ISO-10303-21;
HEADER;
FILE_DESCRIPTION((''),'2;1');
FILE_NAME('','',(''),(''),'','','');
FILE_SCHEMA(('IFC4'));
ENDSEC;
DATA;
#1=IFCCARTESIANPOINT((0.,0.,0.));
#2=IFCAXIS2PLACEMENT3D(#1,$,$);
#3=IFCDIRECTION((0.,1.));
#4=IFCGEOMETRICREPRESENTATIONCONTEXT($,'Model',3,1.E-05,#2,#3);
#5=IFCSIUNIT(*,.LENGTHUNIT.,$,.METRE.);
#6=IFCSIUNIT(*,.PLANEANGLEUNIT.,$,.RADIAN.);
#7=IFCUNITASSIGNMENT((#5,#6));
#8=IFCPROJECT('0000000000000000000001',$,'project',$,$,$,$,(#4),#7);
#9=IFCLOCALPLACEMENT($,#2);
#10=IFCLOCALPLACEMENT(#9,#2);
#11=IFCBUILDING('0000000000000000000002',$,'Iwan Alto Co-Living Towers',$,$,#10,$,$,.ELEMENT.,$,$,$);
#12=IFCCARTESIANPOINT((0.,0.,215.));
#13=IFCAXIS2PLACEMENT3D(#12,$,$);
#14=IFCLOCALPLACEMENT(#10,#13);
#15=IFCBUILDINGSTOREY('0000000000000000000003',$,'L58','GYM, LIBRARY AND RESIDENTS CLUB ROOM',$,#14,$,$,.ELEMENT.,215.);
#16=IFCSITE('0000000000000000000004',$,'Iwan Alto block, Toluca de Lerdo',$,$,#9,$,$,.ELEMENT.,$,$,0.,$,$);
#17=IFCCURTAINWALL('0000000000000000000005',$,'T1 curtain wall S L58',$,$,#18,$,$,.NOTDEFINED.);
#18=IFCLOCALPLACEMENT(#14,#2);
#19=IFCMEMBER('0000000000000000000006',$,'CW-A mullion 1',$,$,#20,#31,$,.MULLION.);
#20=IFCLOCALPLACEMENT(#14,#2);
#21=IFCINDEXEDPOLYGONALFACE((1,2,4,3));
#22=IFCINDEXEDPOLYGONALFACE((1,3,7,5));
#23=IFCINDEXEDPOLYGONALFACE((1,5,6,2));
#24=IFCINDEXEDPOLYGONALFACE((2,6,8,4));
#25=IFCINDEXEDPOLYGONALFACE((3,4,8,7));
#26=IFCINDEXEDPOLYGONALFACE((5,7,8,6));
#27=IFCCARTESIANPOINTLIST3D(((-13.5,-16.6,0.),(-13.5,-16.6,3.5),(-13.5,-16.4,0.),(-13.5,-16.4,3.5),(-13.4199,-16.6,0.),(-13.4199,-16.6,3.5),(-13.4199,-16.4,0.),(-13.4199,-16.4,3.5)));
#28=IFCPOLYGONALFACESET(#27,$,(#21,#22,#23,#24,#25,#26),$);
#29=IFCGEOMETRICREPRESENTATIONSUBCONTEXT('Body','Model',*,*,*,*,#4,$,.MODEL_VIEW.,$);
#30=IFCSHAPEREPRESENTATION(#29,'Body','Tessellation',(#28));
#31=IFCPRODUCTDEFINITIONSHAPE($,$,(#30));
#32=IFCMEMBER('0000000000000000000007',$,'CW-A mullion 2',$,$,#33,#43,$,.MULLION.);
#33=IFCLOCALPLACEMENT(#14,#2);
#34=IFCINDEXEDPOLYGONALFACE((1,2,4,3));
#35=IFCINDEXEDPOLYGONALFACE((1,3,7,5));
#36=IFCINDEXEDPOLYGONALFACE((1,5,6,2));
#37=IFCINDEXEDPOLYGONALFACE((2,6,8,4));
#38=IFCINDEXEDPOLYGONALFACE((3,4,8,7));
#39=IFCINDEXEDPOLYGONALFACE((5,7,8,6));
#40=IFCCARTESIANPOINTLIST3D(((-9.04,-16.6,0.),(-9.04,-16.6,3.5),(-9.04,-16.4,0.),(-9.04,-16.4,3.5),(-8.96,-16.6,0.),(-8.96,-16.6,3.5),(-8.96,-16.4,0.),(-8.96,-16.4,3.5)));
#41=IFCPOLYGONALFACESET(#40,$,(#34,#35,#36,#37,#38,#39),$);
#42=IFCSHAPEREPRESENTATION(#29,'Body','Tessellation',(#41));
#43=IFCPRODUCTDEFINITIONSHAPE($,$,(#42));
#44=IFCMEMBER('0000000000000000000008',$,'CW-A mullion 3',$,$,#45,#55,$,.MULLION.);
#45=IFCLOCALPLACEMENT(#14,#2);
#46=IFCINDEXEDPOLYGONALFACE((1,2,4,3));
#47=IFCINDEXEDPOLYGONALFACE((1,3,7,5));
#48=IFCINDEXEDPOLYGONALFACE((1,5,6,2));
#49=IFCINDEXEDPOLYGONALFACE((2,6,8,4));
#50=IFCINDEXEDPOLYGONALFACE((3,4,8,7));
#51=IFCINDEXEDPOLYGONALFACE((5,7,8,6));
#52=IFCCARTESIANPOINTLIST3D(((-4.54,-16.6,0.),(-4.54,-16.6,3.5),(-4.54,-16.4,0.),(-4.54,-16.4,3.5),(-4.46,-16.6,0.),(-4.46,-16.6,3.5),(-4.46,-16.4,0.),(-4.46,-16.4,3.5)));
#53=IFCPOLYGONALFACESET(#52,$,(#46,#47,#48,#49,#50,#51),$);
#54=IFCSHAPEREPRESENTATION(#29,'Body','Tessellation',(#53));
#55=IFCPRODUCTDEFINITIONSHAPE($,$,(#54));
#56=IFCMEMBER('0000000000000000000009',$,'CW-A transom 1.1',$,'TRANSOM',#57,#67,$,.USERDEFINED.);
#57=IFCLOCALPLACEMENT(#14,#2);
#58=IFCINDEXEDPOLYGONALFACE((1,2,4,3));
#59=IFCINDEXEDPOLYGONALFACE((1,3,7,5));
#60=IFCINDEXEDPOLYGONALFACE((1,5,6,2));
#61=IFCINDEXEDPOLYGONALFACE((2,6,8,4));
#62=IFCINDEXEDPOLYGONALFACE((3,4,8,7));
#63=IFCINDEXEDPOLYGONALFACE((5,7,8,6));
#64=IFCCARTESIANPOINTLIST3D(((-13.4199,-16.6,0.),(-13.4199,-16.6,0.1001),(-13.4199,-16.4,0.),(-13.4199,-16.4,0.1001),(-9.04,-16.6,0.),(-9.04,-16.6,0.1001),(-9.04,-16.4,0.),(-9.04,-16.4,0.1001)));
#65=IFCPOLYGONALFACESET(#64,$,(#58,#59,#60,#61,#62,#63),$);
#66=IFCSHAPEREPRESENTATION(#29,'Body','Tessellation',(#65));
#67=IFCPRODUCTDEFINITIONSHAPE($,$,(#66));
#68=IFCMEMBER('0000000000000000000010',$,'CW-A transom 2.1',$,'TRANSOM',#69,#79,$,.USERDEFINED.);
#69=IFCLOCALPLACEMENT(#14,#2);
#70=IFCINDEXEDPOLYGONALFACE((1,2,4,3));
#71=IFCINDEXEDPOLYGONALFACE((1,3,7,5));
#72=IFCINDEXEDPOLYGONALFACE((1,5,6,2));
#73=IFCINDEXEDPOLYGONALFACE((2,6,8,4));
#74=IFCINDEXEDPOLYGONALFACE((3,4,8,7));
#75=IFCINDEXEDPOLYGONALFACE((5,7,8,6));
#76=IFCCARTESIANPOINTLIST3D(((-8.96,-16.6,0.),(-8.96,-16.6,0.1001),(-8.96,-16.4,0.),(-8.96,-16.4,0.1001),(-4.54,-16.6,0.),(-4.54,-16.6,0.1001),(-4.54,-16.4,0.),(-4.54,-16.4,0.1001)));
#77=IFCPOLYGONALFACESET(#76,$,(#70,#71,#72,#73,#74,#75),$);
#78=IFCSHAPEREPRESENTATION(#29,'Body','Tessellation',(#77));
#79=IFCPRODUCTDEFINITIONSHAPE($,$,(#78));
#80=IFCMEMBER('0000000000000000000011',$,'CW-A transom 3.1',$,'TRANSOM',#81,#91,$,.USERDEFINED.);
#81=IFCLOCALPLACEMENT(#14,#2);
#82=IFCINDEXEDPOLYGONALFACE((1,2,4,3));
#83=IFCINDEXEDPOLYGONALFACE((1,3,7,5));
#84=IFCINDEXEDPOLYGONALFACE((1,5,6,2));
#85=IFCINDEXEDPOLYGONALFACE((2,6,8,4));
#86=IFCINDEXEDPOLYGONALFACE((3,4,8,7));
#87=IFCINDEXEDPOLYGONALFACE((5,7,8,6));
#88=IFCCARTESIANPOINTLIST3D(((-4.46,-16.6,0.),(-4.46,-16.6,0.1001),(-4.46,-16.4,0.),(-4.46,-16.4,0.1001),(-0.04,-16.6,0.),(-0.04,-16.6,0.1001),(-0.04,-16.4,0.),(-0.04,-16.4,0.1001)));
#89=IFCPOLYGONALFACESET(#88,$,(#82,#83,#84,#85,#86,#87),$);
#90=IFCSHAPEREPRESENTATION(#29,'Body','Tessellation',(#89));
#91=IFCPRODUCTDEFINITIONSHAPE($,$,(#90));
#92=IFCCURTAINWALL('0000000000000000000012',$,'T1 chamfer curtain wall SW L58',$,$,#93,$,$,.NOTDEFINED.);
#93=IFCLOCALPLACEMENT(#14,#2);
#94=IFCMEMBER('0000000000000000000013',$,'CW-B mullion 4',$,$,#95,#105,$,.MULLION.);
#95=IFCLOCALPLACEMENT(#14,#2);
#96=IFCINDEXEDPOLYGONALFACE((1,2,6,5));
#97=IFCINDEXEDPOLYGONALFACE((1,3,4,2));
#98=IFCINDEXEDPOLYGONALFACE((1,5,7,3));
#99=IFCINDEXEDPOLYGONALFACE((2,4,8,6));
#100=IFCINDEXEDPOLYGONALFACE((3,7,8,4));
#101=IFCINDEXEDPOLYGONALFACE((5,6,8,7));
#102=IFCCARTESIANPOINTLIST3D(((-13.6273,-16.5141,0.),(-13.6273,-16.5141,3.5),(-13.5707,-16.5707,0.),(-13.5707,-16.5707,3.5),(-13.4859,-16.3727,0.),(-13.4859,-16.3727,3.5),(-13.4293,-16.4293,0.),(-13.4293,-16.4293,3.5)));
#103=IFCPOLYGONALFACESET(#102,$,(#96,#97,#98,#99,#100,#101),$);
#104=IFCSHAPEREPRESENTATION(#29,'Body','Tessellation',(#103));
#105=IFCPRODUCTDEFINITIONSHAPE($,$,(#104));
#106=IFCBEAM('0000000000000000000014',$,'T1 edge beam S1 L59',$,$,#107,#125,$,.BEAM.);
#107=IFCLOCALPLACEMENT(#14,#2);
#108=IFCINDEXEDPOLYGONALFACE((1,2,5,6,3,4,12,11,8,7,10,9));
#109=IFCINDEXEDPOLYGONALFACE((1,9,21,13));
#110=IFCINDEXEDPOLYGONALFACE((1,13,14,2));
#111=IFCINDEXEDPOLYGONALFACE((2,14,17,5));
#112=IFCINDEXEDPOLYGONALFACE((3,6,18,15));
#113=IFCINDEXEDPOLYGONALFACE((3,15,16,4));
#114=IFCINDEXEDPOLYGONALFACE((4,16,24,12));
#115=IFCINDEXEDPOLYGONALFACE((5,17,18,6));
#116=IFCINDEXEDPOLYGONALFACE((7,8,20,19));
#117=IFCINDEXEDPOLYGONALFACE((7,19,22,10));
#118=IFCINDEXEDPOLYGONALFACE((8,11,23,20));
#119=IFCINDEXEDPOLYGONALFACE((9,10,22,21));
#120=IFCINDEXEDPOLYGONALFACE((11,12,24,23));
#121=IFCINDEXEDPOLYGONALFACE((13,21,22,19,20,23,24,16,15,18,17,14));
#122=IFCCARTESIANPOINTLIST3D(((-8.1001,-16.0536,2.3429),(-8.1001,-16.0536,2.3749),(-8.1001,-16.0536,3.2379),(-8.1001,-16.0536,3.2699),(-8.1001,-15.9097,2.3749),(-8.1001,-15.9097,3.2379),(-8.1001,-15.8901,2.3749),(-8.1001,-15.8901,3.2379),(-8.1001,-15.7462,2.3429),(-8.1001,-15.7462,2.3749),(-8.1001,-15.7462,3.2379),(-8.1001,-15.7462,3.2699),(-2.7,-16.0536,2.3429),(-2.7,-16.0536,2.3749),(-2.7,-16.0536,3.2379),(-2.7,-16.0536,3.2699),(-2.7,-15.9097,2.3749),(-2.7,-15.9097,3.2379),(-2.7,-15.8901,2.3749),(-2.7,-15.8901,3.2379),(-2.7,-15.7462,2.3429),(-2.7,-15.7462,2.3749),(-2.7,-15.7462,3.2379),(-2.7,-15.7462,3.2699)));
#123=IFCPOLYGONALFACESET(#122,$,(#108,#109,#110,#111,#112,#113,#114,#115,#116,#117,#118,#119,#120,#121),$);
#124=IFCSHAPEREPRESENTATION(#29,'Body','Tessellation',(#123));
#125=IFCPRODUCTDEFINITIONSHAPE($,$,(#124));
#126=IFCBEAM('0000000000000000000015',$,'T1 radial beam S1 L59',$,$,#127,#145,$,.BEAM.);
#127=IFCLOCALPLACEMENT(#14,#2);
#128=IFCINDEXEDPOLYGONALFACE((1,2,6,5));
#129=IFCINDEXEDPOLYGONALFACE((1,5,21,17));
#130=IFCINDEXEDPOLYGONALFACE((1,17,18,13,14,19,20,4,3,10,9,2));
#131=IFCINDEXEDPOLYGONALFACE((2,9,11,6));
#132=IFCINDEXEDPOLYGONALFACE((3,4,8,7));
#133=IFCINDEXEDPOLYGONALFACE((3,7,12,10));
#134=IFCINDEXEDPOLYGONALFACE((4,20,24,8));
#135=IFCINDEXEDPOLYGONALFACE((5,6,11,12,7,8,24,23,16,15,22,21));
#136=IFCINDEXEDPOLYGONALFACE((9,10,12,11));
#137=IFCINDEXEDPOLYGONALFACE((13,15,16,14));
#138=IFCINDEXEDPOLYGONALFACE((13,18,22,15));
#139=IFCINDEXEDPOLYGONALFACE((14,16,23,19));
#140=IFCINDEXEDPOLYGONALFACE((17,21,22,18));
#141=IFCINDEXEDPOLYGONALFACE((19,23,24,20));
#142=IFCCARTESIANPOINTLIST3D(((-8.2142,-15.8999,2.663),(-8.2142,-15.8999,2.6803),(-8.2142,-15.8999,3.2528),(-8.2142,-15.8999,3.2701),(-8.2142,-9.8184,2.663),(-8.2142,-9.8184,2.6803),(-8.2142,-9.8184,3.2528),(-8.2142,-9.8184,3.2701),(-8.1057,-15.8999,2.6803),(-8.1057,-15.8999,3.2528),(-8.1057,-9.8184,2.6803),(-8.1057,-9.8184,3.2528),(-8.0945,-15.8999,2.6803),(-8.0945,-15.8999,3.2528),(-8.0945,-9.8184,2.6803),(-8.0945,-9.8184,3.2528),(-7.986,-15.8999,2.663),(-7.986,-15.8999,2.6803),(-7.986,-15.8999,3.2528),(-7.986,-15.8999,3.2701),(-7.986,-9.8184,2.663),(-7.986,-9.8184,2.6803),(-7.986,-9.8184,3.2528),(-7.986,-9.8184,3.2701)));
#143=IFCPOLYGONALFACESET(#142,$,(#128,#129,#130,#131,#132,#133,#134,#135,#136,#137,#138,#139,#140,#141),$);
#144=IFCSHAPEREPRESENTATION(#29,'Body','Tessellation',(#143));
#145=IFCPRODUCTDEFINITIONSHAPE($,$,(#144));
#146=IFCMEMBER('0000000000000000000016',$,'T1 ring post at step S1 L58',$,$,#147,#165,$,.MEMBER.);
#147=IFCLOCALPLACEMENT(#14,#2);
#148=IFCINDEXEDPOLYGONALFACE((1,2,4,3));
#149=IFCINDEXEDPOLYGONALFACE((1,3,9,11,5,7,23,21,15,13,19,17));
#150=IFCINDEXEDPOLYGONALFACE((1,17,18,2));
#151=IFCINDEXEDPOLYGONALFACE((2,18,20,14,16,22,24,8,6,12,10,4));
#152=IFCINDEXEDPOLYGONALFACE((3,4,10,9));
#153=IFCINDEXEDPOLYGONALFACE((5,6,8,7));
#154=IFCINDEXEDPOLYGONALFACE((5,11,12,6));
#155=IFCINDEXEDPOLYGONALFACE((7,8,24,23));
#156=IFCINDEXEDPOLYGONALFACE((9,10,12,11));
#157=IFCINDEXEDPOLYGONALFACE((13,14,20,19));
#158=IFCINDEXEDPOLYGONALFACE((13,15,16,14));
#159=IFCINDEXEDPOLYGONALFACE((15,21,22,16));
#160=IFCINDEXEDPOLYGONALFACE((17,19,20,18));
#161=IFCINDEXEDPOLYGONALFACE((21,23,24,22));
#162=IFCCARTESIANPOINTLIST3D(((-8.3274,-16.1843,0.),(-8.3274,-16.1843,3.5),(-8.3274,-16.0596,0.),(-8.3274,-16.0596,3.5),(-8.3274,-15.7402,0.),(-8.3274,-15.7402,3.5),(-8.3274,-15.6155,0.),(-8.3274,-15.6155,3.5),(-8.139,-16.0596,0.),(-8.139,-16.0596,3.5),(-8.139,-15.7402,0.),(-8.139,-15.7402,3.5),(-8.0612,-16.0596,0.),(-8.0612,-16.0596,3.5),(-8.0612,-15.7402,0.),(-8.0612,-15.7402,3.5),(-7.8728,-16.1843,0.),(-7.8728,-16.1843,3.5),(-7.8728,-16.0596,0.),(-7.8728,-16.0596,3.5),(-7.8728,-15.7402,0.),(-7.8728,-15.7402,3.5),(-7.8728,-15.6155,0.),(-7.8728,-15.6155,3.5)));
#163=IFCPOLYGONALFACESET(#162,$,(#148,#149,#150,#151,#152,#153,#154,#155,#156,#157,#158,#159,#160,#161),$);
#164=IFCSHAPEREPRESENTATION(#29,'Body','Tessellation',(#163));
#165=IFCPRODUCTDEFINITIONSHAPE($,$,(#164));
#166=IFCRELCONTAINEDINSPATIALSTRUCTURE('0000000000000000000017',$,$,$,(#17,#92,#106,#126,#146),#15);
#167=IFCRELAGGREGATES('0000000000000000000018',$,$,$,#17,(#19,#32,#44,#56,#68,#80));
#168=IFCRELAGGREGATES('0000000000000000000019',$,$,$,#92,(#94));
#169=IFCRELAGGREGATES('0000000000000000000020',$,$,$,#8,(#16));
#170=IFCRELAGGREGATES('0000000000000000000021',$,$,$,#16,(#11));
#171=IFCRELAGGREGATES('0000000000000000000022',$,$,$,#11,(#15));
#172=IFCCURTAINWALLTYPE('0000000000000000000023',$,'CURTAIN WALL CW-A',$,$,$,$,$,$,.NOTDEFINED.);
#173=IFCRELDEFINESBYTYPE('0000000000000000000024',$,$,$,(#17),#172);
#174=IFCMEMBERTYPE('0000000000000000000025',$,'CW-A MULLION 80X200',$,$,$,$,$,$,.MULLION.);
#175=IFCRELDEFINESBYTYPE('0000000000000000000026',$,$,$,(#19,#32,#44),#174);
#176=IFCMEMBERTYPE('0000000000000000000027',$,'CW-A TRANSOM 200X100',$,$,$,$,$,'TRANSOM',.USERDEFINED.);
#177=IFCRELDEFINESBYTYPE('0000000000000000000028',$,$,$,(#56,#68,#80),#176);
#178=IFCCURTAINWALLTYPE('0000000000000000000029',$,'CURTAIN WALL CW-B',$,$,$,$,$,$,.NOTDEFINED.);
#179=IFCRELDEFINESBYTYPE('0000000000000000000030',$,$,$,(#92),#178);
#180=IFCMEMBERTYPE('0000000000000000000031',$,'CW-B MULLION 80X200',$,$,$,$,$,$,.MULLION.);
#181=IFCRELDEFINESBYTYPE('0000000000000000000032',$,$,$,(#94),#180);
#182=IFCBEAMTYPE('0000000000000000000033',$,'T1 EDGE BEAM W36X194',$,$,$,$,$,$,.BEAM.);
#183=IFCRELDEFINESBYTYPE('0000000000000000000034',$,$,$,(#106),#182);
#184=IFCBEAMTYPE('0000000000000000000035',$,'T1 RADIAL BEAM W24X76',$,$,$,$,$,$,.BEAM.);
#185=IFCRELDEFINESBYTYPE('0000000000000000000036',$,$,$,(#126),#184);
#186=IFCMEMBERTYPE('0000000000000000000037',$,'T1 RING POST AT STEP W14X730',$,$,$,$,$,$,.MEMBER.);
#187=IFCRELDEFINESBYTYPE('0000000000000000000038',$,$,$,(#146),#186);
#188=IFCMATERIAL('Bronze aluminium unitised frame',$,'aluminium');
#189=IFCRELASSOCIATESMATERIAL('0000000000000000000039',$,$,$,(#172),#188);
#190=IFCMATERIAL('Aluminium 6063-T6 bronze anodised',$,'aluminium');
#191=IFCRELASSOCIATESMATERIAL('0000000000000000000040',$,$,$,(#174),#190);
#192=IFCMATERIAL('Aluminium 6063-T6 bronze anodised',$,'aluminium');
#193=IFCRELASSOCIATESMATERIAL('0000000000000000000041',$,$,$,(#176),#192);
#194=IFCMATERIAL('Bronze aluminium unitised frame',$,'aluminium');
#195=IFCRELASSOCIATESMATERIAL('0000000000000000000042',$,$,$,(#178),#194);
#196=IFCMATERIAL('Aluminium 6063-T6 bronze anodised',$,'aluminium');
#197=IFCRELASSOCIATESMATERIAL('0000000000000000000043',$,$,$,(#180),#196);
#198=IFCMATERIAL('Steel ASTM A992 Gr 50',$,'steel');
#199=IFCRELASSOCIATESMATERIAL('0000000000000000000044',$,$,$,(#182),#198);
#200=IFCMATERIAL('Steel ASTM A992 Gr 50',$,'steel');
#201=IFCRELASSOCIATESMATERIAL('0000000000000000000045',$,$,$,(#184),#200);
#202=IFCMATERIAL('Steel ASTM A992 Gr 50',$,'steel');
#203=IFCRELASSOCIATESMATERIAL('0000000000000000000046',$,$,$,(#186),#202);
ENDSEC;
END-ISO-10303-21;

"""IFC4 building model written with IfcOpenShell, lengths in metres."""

from ifc_helpers import new_model, si_unit, direction, frame, origin, origin_2d, place, context, subcontext, project, spatial, rectangle, i_section, extrude, material, material_profile, profile_set, type_object, element, aggregate, save


model = new_model("IFC4")

# Units and contexts
model_context = context("Model", 3, precision=1e-05, world=origin(), true_north=direction((0.0, 1.0)))
body_context = subcontext(model_context, "Body", "Model", "MODEL_VIEW")
ifc_project = project(units=[si_unit("LENGTHUNIT", "METRE"), si_unit("PLANEANGLEUNIT", "RADIAN")], contexts=[model_context])

# Site, building, storey
site_placement = place(None, origin())
site = spatial("IfcSite", under=ifc_project, at=site_placement, Name="Iwan Alto block, Toluca de Lerdo", CompositionType="ELEMENT", RefElevation=0.0)
building_placement = place(site_placement, origin())
building = spatial("IfcBuilding", under=site, at=building_placement, Name="Iwan Alto Co-Living Towers", CompositionType="ELEMENT")
storey_placement = place(building_placement, frame((0.0, 0.0, 215.0)))
storey = spatial("IfcBuildingStorey", under=building, at=storey_placement, Name="L58", Description="GYM, LIBRARY AND RESIDENTS CLUB ROOM", CompositionType="ELEMENT", Elevation=215.0)

# Curtain wall, members
ifc_material_1 = material(Name="Bronze aluminium unitised frame", Category="aluminium")
curtain_wall_type_1 = type_object("IfcCurtainWallType", Name="CURTAIN WALL CW-A", PredefinedType="NOTDEFINED", material=ifc_material_1)
curtain_wall_1_placement = place(storey_placement, origin())
curtain_wall_1 = element("IfcCurtainWall", 1, at=curtain_wall_1_placement, inside=storey, type_object=curtain_wall_type_1, Name="T1 curtain wall S L58", PredefinedType="NOTDEFINED")
ifc_material_2 = material(Name="Aluminium 6063-T6 bronze anodised", Category="aluminium")
ifc_material_profile_1 = material_profile(ifc_material_2, rectangle(XDim=0.2, YDim=0.0801, at=origin_2d()), Name="AL 80X200")
ifc_profile_set_1 = profile_set([ifc_material_profile_1], Name="Aluminium 6063-T6 bronze anodised")
member_type_1 = type_object("IfcMemberType", Name="CW-A MULLION 80X200", PredefinedType="MULLION", material=ifc_profile_set_1)
member_1_placement = place(storey_placement, frame((-13.46, -16.5, 0.0), z_axis=(0.0, 0.0, 1.0), x_axis=(0.0, 1.0, 0.0)))
member_1 = element("IfcMember", 2, at=member_1_placement, type_object=member_type_1, Name="CW-A mullion 1", PredefinedType="MULLION", context=body_context, shape_type="SweptSolid", body=[
    extrude(rectangle(XDim=0.2, YDim=0.0801, at=origin_2d()), origin(), (0.0, 0.0, 1.0), 3.5),
])
member_2_placement = place(storey_placement, frame((-9.0, -16.5, 0.0), z_axis=(0.0, 0.0, 1.0), x_axis=(0.0, 1.0, 0.0)))
member_2 = element("IfcMember", 3, at=member_2_placement, type_object=member_type_1, Name="CW-A mullion 2", PredefinedType="MULLION", context=body_context, shape_type="SweptSolid", body=[
    extrude(rectangle(XDim=0.2, YDim=0.0801, at=origin_2d()), origin(), (0.0, 0.0, 1.0), 3.5),
])
member_3_placement = place(storey_placement, frame((-4.5, -16.5, 0.0), z_axis=(0.0, 0.0, 1.0), x_axis=(0.0, 1.0, 0.0)))
member_3 = element("IfcMember", 4, at=member_3_placement, type_object=member_type_1, Name="CW-A mullion 3", PredefinedType="MULLION", context=body_context, shape_type="SweptSolid", body=[
    extrude(rectangle(XDim=0.2, YDim=0.0801, at=origin_2d()), origin(), (0.0, 0.0, 1.0), 3.5),
])
ifc_material_3 = material(Name="Aluminium 6063-T6 bronze anodised", Category="aluminium")
ifc_material_profile_2 = material_profile(ifc_material_3, rectangle(XDim=0.2, YDim=0.1001, at=origin_2d()), Name="AL 200X100")
ifc_profile_set_2 = profile_set([ifc_material_profile_2], Name="Aluminium 6063-T6 bronze anodised")
member_type_2 = type_object("IfcMemberType", Name="CW-A TRANSOM 200X100", ElementType="TRANSOM", PredefinedType="USERDEFINED", material=ifc_profile_set_2)
member_4_placement = place(storey_placement, frame((-13.4199, -16.5, 0.05), z_axis=(1.0, 0.0, 0.0), x_axis=(0.0, 1.0, 0.0)))
member_4 = element("IfcMember", 5, at=member_4_placement, type_object=member_type_2, Name="CW-A transom 1.1", ObjectType="TRANSOM", PredefinedType="USERDEFINED", context=body_context, shape_type="SweptSolid", body=[
    extrude(rectangle(XDim=0.2, YDim=0.1001, at=origin_2d()), origin(), (0.0, 0.0, 1.0), 4.3799),
])
member_5_placement = place(storey_placement, frame((-8.96, -16.5, 0.05), z_axis=(1.0, 0.0, 0.0), x_axis=(0.0, 1.0, 0.0)))
member_5 = element("IfcMember", 6, at=member_5_placement, type_object=member_type_2, Name="CW-A transom 2.1", ObjectType="TRANSOM", PredefinedType="USERDEFINED", context=body_context, shape_type="SweptSolid", body=[
    extrude(rectangle(XDim=0.2, YDim=0.1001, at=origin_2d()), origin(), (0.0, 0.0, 1.0), 4.4199),
])
member_6_placement = place(storey_placement, frame((-4.46, -16.5, 0.05), z_axis=(1.0, 0.0, 0.0), x_axis=(0.0, 1.0, 0.0)))
member_6 = element("IfcMember", 7, at=member_6_placement, type_object=member_type_2, Name="CW-A transom 3.1", ObjectType="TRANSOM", PredefinedType="USERDEFINED", context=body_context, shape_type="SweptSolid", body=[
    extrude(rectangle(XDim=0.2, YDim=0.1001, at=origin_2d()), origin(), (0.0, 0.0, 1.0), 4.4199),
])

# Curtain wall, member
ifc_material_4 = material(Name="Bronze aluminium unitised frame", Category="aluminium")
curtain_wall_type_2 = type_object("IfcCurtainWallType", Name="CURTAIN WALL CW-B", PredefinedType="NOTDEFINED", material=ifc_material_4)
curtain_wall_2_placement = place(storey_placement, origin())
curtain_wall_2 = element("IfcCurtainWall", 8, at=curtain_wall_2_placement, inside=storey, type_object=curtain_wall_type_2, Name="T1 chamfer curtain wall SW L58", PredefinedType="NOTDEFINED")
ifc_material_5 = material(Name="Aluminium 6063-T6 bronze anodised", Category="aluminium")
ifc_material_profile_3 = material_profile(ifc_material_5, rectangle(XDim=0.2, YDim=0.0801, at=origin_2d()), Name="AL 80X200")
ifc_profile_set_3 = profile_set([ifc_material_profile_3], Name="Aluminium 6063-T6 bronze anodised")
member_type_3 = type_object("IfcMemberType", Name="CW-B MULLION 80X200", PredefinedType="MULLION", material=ifc_profile_set_3)
member_7_placement = place(storey_placement, frame((-13.5283, -16.4717, 0.0), z_axis=(0.0, 0.0, 1.0), x_axis=(0.707107, 0.707107, 0.0)))
member_7 = element("IfcMember", 9, at=member_7_placement, type_object=member_type_3, Name="CW-B mullion 4", PredefinedType="MULLION", context=body_context, shape_type="SweptSolid", body=[
    extrude(rectangle(XDim=0.2, YDim=0.0801, at=origin_2d()), origin(), (0.0, 0.0, 1.0), 3.5),
])

# Beams
ifc_material_6 = material(Name="Steel ASTM A992 Gr 50", Category="steel")
ifc_material_profile_4 = material_profile(ifc_material_6, i_section(OverallWidth=0.3074, OverallDepth=0.927, WebThickness=0.0195, FlangeThickness=0.032, at=origin_2d()), Name="W36X194")
ifc_profile_set_4 = profile_set([ifc_material_profile_4], Name="Steel ASTM A992 Gr 50")
beam_type_1 = type_object("IfcBeamType", Name="T1 EDGE BEAM W36X194", PredefinedType="BEAM", material=ifc_profile_set_4)
beam_1_placement = place(storey_placement, frame((-8.1001, -15.8999, 2.8064), z_axis=(1.0, 0.0, 0.0), x_axis=(0.0, 1.0, 0.0)))
element("IfcBeam", 10, at=beam_1_placement, inside=storey, type_object=beam_type_1, Name="T1 edge beam S1 L59", PredefinedType="BEAM", context=body_context, shape_type="SweptSolid", body=[
    extrude(i_section(OverallWidth=0.3074, OverallDepth=0.927, WebThickness=0.0195, FlangeThickness=0.032, at=origin_2d()), origin(), (0.0, 0.0, 1.0), 5.4001),
])
ifc_material_7 = material(Name="Steel ASTM A992 Gr 50", Category="steel")
ifc_material_profile_5 = material_profile(ifc_material_7, i_section(OverallWidth=0.2283, OverallDepth=0.6072, WebThickness=0.0112, FlangeThickness=0.0173, at=origin_2d()), Name="W24X76")
ifc_profile_set_5 = profile_set([ifc_material_profile_5], Name="Steel ASTM A992 Gr 50")
beam_type_2 = type_object("IfcBeamType", Name="T1 RADIAL BEAM W24X76", PredefinedType="BEAM", material=ifc_profile_set_5)
beam_2_placement = place(storey_placement, frame((-8.1001, -15.8999, 2.9666), z_axis=(0.0, 1.0, 0.0), x_axis=(-1.0, 0.0, 0.0)))
element("IfcBeam", 11, at=beam_2_placement, inside=storey, type_object=beam_type_2, Name="T1 radial beam S1 L59", PredefinedType="BEAM", context=body_context, shape_type="SweptSolid", body=[
    extrude(i_section(OverallWidth=0.2283, OverallDepth=0.6072, WebThickness=0.0112, FlangeThickness=0.0173, at=origin_2d()), origin(), (0.0, 0.0, 1.0), 6.0815),
])

# Member
ifc_material_8 = material(Name="Steel ASTM A992 Gr 50", Category="steel")
ifc_material_profile_6 = material_profile(ifc_material_8, i_section(OverallWidth=0.4546, OverallDepth=0.5688, WebThickness=0.0779, FlangeThickness=0.1248, at=origin_2d()), Name="W14X730")
ifc_profile_set_6 = profile_set([ifc_material_profile_6], Name="Steel ASTM A992 Gr 50")
member_type_4 = type_object("IfcMemberType", Name="T1 RING POST AT STEP W14X730", PredefinedType="MEMBER", material=ifc_profile_set_6)
member_8_placement = place(storey_placement, frame((-8.1001, -15.8999, 0.0), z_axis=(0.0, 0.0, 1.0), x_axis=(1.0, 0.0, 0.0)))
element("IfcMember", 12, at=member_8_placement, inside=storey, type_object=member_type_4, Name="T1 ring post at step S1 L58", PredefinedType="MEMBER", context=body_context, shape_type="SweptSolid", body=[
    extrude(i_section(OverallWidth=0.4546, OverallDepth=0.5688, WebThickness=0.0779, FlangeThickness=0.1248, at=origin_2d()), origin(), (0.0, 0.0, 1.0), 3.5),
])

aggregate(curtain_wall_1, [member_1, member_2, member_3, member_4, member_5, member_6])
aggregate(curtain_wall_2, [member_7])

save(model, "model.ifc")
